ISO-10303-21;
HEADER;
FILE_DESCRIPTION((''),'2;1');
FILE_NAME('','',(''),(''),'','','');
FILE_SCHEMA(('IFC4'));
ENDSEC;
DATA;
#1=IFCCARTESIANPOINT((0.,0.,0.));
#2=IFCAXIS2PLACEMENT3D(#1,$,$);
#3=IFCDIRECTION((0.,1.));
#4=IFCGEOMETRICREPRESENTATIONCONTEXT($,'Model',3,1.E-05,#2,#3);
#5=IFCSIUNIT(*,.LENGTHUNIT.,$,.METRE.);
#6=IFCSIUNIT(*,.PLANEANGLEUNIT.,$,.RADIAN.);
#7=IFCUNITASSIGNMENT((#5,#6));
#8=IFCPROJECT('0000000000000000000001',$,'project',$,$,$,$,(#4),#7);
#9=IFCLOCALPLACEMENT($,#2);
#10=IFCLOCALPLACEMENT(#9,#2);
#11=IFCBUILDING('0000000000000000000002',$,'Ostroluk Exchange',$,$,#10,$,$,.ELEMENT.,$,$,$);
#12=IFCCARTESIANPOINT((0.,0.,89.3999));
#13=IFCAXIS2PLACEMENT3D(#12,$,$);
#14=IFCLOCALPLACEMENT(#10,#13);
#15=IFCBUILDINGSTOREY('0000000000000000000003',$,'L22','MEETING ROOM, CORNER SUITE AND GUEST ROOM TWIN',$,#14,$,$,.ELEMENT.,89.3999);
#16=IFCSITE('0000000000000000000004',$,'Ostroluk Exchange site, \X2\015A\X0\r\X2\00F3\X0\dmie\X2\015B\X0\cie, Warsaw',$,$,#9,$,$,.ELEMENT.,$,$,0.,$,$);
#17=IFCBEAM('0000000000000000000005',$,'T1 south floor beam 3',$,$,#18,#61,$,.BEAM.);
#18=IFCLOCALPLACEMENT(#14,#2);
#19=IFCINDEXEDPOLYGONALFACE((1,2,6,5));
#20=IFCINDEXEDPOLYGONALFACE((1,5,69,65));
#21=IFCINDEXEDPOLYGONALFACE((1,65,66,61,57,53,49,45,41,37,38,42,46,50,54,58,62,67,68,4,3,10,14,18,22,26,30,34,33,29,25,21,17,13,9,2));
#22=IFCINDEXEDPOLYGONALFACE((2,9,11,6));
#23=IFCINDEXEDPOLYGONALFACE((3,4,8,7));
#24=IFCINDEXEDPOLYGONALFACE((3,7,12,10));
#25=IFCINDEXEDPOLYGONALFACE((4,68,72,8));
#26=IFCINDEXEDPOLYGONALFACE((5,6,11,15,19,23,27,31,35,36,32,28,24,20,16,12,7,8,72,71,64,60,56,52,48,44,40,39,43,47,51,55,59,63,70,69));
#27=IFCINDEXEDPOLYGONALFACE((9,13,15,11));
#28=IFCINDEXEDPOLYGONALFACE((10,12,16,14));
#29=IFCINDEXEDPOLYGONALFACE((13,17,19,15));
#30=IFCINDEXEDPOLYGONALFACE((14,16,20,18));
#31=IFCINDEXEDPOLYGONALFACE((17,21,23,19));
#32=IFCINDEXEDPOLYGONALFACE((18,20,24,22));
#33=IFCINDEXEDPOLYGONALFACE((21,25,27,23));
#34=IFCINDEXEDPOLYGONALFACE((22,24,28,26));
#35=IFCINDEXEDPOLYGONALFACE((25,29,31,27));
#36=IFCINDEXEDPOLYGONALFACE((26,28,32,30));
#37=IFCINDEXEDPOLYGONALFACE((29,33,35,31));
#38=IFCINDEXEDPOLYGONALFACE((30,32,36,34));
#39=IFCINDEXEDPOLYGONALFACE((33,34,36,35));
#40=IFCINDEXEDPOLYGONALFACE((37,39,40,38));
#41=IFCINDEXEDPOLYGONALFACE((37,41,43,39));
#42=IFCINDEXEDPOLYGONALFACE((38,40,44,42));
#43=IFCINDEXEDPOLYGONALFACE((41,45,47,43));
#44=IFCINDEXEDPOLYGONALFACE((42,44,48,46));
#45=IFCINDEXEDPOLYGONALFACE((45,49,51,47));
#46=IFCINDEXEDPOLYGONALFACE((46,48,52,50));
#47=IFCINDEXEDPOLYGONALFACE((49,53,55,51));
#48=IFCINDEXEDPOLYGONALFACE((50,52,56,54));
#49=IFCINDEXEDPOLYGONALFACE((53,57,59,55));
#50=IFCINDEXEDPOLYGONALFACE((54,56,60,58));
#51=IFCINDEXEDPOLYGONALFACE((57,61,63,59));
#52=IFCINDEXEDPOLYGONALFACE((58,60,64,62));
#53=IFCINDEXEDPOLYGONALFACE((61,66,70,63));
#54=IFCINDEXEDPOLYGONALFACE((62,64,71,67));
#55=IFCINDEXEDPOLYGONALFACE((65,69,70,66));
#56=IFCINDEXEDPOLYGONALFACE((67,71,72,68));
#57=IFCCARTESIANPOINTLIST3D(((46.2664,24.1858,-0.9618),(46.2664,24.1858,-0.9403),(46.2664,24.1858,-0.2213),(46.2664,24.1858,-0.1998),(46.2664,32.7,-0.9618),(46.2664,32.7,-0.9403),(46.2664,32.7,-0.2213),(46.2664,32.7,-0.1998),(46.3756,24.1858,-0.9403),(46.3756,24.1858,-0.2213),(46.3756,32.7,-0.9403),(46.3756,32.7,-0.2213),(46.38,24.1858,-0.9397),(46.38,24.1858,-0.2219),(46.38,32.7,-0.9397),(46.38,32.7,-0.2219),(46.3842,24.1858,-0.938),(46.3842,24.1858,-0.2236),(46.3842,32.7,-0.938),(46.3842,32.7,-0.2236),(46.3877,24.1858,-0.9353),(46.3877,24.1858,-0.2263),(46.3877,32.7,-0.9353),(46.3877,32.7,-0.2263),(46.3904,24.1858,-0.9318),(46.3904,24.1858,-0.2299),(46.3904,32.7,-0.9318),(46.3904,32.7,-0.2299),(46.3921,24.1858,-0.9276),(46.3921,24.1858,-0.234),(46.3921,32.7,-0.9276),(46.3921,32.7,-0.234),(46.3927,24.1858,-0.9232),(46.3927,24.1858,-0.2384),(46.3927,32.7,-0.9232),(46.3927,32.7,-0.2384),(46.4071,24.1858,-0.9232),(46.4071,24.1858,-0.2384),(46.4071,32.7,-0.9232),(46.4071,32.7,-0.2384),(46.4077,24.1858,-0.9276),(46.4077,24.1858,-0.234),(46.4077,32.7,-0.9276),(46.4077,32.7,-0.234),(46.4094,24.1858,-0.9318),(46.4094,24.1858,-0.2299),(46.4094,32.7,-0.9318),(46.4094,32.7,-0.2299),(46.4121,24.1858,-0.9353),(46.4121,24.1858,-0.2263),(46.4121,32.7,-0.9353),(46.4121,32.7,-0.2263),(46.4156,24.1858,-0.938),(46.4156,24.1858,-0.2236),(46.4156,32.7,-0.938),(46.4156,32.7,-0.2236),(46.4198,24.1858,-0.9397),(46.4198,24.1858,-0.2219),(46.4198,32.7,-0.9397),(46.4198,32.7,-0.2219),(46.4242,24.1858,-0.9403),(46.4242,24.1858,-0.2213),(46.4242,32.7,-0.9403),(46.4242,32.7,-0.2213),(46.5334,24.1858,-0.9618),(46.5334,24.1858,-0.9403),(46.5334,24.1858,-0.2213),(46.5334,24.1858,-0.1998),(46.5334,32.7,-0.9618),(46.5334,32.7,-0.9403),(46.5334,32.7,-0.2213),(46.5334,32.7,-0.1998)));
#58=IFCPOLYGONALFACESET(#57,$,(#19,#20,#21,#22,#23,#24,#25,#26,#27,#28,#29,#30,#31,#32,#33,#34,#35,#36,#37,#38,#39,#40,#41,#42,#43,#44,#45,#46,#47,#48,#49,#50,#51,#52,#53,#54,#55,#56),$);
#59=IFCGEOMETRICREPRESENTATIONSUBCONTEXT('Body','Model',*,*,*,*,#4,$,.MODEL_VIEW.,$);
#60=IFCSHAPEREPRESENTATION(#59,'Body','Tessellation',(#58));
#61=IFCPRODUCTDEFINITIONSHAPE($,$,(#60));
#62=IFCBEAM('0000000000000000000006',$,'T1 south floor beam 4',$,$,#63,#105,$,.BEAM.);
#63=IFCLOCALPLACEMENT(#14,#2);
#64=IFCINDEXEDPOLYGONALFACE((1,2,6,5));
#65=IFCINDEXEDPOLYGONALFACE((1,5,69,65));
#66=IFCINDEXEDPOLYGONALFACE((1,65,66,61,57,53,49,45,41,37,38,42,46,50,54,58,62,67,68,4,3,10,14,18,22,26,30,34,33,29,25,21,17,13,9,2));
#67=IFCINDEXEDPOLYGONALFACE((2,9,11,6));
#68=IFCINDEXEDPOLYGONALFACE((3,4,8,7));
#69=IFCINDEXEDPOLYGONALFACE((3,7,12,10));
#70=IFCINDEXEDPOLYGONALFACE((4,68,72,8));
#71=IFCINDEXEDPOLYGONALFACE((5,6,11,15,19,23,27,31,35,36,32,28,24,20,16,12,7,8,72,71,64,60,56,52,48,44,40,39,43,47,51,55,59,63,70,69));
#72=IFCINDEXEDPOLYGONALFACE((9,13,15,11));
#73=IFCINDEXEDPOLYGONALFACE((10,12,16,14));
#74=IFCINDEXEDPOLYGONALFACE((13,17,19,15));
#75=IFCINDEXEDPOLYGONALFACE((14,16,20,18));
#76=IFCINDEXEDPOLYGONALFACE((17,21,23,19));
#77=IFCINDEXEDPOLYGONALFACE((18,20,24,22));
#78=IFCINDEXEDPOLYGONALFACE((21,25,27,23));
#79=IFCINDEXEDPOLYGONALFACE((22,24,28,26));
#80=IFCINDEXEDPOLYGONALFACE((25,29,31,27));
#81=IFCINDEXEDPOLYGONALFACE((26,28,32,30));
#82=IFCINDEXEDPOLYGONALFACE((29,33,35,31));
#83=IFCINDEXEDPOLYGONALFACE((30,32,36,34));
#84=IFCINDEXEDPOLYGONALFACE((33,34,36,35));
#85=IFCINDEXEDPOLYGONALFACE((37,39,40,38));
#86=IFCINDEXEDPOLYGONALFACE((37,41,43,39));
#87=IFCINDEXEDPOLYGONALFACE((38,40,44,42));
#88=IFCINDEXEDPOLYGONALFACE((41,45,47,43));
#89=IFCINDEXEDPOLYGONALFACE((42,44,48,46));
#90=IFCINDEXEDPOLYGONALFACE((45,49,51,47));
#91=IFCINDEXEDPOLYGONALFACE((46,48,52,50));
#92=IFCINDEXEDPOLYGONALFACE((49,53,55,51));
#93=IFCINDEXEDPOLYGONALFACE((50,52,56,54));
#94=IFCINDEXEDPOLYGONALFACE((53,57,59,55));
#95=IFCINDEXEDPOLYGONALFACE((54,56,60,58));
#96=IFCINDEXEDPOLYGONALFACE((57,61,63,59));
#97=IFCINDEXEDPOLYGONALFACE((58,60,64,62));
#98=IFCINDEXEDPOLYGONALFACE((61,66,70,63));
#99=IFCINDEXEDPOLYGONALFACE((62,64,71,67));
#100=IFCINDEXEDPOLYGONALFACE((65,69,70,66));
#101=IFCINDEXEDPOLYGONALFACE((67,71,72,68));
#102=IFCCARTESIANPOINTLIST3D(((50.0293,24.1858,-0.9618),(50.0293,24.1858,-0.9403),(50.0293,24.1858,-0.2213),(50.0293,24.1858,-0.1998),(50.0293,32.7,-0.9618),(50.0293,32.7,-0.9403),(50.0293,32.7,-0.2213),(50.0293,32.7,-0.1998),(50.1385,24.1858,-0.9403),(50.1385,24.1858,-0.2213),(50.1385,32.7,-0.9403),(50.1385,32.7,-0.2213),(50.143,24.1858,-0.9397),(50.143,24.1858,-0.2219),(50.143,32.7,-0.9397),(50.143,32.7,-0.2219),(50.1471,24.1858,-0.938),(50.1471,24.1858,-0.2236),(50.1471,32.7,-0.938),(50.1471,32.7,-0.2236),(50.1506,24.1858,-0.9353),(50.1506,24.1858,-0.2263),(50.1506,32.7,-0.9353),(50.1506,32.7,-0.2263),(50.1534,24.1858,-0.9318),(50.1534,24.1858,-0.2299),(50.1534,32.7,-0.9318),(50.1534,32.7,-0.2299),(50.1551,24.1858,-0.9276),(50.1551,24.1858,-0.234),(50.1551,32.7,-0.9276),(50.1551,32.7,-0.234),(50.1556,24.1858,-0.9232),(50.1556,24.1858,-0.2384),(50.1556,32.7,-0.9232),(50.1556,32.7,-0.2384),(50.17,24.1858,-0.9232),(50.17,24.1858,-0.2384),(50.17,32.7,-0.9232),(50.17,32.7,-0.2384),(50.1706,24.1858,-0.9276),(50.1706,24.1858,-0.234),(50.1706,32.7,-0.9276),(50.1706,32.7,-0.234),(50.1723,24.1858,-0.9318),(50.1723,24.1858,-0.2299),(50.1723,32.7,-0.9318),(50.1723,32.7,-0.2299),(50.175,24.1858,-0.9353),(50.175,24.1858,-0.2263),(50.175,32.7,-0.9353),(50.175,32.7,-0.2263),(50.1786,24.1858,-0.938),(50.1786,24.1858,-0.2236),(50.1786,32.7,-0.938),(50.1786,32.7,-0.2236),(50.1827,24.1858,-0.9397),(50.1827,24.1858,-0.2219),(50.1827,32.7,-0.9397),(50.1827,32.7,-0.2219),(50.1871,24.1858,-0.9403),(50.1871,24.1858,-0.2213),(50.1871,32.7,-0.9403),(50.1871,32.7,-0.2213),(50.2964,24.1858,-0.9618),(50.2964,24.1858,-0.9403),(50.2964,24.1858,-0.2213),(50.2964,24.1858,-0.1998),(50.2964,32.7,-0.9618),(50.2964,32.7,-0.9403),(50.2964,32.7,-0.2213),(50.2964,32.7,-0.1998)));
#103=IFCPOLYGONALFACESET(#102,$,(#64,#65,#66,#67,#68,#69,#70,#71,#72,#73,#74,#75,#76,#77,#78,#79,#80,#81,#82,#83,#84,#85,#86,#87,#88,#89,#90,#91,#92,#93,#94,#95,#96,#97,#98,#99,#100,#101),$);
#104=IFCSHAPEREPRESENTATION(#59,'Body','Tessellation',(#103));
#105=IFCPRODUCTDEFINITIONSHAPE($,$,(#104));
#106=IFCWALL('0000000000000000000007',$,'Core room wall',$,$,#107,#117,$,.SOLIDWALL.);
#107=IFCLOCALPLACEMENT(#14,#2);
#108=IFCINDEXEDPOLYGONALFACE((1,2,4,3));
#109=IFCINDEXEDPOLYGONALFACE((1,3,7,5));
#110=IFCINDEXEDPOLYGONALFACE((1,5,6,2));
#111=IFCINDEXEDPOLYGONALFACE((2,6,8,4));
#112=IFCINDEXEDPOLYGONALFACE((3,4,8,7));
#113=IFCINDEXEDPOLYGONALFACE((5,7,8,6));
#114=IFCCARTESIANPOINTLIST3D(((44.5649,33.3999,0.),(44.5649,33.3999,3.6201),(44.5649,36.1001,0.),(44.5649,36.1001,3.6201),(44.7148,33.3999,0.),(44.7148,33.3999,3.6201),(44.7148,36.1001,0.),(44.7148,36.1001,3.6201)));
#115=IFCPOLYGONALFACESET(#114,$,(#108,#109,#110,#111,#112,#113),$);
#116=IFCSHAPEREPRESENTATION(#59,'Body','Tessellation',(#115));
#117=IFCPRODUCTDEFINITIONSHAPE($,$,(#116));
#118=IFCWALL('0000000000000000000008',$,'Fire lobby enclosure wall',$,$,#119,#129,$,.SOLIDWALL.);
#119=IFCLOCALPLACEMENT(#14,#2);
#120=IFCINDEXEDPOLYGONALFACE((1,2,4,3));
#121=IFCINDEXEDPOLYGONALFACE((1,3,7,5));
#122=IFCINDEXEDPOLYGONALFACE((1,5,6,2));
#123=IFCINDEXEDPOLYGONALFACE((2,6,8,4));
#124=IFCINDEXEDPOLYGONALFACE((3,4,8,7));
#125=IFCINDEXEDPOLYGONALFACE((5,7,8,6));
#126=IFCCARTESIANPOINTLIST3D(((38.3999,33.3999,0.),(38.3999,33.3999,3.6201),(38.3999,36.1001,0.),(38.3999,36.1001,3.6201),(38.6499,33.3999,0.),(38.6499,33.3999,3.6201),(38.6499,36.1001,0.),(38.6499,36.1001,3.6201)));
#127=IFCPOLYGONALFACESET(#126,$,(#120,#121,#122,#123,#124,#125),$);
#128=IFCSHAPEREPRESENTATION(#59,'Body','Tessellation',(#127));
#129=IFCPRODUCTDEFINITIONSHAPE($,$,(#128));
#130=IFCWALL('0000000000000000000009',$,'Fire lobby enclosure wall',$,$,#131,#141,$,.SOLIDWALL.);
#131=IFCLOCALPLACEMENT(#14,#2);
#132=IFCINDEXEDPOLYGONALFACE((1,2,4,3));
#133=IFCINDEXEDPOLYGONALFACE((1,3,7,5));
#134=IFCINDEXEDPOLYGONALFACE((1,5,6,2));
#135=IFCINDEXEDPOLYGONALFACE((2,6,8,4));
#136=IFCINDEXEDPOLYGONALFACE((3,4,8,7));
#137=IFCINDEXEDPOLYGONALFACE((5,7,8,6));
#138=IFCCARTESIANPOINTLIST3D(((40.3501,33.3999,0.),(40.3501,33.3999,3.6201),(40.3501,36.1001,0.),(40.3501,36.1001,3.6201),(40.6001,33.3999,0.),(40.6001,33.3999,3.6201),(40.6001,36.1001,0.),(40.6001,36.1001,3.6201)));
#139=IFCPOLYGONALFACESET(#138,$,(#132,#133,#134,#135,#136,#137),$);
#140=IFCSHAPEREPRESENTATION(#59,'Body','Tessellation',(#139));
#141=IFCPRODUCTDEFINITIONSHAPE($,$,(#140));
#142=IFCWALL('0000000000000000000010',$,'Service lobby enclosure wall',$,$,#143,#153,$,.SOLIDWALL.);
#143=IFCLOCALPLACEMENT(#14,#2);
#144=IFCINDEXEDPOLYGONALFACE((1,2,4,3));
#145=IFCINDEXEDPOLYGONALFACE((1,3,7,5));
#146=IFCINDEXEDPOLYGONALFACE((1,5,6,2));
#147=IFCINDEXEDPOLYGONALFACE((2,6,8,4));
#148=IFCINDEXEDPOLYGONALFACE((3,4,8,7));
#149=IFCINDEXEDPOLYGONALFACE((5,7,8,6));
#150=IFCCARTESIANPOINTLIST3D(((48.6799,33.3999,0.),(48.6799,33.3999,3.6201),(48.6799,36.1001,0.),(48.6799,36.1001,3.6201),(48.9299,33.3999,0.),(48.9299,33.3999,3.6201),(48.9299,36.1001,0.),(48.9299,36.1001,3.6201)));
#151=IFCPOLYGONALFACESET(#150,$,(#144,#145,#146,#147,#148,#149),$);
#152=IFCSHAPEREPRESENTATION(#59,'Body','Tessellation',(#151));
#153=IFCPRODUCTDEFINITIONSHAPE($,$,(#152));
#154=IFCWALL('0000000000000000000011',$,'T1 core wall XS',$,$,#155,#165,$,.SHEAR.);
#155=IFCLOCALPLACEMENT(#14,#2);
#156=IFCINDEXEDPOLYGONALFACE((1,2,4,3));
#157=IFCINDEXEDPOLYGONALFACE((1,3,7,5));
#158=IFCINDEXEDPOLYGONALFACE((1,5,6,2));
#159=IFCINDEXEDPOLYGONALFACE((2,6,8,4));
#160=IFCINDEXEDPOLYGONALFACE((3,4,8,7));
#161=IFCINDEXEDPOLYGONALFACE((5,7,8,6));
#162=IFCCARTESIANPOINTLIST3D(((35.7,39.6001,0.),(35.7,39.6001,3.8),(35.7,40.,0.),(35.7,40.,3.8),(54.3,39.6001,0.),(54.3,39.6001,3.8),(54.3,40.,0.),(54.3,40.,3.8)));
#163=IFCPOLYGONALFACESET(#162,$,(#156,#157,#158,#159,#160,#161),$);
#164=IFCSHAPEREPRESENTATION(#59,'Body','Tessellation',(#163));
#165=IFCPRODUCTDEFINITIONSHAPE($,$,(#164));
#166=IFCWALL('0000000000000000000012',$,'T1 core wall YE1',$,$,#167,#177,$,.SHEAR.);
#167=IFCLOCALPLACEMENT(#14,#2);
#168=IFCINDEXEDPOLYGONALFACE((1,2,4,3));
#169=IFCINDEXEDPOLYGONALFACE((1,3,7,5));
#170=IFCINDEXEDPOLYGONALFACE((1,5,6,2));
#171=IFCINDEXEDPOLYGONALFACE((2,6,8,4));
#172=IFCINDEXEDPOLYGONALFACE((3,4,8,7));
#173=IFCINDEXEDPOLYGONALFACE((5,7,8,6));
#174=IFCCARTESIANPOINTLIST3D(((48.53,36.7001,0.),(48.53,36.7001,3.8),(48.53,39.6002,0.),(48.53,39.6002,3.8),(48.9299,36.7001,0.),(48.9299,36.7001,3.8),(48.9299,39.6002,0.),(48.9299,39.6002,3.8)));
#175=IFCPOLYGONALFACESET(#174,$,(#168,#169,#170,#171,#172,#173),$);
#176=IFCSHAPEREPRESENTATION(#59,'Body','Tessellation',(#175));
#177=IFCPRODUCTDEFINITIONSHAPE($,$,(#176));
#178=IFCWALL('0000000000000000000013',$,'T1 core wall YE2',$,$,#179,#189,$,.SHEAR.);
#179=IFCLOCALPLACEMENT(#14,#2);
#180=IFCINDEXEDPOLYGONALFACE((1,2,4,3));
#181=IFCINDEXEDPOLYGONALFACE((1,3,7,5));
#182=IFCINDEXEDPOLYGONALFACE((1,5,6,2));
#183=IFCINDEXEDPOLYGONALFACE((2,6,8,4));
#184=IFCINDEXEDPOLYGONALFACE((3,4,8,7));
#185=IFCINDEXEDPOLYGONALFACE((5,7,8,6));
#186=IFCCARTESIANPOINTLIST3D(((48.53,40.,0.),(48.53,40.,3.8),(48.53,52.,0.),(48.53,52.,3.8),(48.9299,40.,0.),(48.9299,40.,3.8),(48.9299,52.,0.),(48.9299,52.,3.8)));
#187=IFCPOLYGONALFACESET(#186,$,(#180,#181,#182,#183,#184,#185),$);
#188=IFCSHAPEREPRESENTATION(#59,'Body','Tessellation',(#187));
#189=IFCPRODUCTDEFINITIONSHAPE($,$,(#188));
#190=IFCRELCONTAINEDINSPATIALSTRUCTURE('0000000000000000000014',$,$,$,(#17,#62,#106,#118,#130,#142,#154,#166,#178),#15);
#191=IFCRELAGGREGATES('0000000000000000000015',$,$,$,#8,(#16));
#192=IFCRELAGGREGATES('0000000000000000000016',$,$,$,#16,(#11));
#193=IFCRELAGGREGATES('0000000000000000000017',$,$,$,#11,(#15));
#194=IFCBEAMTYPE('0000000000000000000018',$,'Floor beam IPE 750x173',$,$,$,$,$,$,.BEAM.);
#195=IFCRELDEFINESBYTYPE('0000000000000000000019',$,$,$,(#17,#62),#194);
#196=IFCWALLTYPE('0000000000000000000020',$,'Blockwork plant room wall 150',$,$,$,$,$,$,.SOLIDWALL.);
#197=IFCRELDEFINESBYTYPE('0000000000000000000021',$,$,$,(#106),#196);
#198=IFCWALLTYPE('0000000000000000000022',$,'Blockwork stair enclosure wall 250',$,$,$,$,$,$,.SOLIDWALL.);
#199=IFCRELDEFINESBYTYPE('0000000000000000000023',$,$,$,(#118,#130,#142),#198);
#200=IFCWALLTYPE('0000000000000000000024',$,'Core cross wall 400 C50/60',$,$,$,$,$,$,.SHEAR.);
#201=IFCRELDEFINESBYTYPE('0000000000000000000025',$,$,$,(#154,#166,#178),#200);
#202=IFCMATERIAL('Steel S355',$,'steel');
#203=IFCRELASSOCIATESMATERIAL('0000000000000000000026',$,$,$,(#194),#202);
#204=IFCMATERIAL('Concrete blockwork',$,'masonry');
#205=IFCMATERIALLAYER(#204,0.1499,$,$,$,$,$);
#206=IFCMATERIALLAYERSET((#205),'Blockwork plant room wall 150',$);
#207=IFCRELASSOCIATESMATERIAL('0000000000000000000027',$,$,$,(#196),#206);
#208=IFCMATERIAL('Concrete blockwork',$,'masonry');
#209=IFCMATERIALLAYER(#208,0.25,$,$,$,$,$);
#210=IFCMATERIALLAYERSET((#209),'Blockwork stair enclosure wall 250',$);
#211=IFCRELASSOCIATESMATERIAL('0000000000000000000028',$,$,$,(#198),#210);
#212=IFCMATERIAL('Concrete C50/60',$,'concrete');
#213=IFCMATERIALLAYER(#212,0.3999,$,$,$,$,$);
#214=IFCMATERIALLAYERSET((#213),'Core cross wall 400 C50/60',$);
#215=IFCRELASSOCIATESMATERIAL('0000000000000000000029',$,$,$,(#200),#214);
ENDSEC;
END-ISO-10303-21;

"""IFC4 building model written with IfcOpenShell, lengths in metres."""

from ifc_helpers import new_model, si_unit, direction, frame, frame_2d, origin, origin_2d, place, context, subcontext, project, spatial, rectangle, i_section, extrude, material, layer, layer_set, material_profile, profile_set, type_object, element, save


model = new_model("IFC4")

# Units and contexts
model_context = context("Model", 3, precision=1e-05, world=origin(), true_north=direction((0.0, 1.0)))
body_context = subcontext(model_context, "Body", "Model", "MODEL_VIEW")
ifc_project = project(units=[si_unit("LENGTHUNIT", "METRE"), si_unit("PLANEANGLEUNIT", "RADIAN")], contexts=[model_context])

# Site, building, storey
site_placement = place(None, origin())
site = spatial("IfcSite", under=ifc_project, at=site_placement, Name="Ostroluk Exchange site, Śródmieście, Warsaw", CompositionType="ELEMENT", RefElevation=0.0)
building_placement = place(site_placement, origin())
building = spatial("IfcBuilding", under=site, at=building_placement, Name="Ostroluk Exchange", CompositionType="ELEMENT")
storey_placement = place(building_placement, frame((0.0, 0.0, 89.3999)))
storey = spatial("IfcBuildingStorey", under=building, at=storey_placement, Name="L22", Description="MEETING ROOM, CORNER SUITE AND GUEST ROOM TWIN", CompositionType="ELEMENT", Elevation=89.3999)

# Beams
ifc_material_1 = material(Name="Steel S355", Category="steel")
ifc_material_profile = material_profile(ifc_material_1, i_section(OverallWidth=0.2671, OverallDepth=0.762, WebThickness=0.0144, FlangeThickness=0.0215, FilletRadius=0.0171, at=origin_2d()), Name="IPE 750x173")
ifc_profile_set = profile_set([ifc_material_profile], Name="Steel S355")
beam_type = type_object("IfcBeamType", Name="Floor beam IPE 750x173", PredefinedType="BEAM", material=ifc_profile_set)
for number, where, z_axis, x_axis, name in (
    (1, (46.3999, 32.7, -0.5808), (0.0, -1.0, 0.0), (1.0, 0.0, 0.0), "T1 south floor beam 3"),
    (2, (50.1628, 32.7, -0.5808), (0.0, -1.0, 0.0), (1.0, 0.0, 0.0), "T1 south floor beam 4"),
):
    element("IfcBeam", number, at=place(storey_placement, frame(where, z_axis=z_axis, x_axis=x_axis)), inside=storey, type_object=beam_type, Name=name, PredefinedType="BEAM", context=body_context, shape_type="SweptSolid", body=[
        extrude(i_section(OverallWidth=0.2671, OverallDepth=0.762, WebThickness=0.0144, FlangeThickness=0.0215, FilletRadius=0.0171, at=origin_2d()), origin(), (0.0, 0.0, 1.0), 8.5142),
    ])

# Walls
ifc_material_2 = material(Name="Concrete blockwork", Category="masonry")
ifc_layer_1 = layer(ifc_material_2, 0.1499)
ifc_layer_set_1 = layer_set([ifc_layer_1], Name="Blockwork plant room wall 150")
wall_type_1 = type_object("IfcWallType", Name="Blockwork plant room wall 150", PredefinedType="SOLIDWALL", material=ifc_layer_set_1)
wall_1_placement = place(storey_placement, frame((44.6399, 33.3999, 0.0), z_axis=(0.0, 0.0, 1.0), x_axis=(0.0, 1.0, 0.0)))
element("IfcWall", 3, at=wall_1_placement, inside=storey, type_object=wall_type_1, Name="Core room wall", PredefinedType="SOLIDWALL", context=body_context, shape_type="SweptSolid", body=[
    extrude(rectangle(XDim=2.7002, YDim=0.1499, at=frame_2d((1.3501, 0.0))), origin(), (0.0, 0.0, 1.0), 3.6201),
])
ifc_material_3 = material(Name="Concrete blockwork", Category="masonry")
ifc_layer_2 = layer(ifc_material_3, 0.25)
ifc_layer_set_2 = layer_set([ifc_layer_2], Name="Blockwork stair enclosure wall 250")
wall_type_2 = type_object("IfcWallType", Name="Blockwork stair enclosure wall 250", PredefinedType="SOLIDWALL", material=ifc_layer_set_2)
for number, where, z_axis, x_axis, name in (
    (4, (38.5249, 33.3999, 0.0), (0.0, 0.0, 1.0), (0.0, 1.0, 0.0), "Fire lobby enclosure wall"),
    (5, (40.4751, 33.3999, 0.0), (0.0, 0.0, 1.0), (0.0, 1.0, 0.0), "Fire lobby enclosure wall"),
    (6, (48.8049, 33.3999, 0.0), (0.0, 0.0, 1.0), (0.0, 1.0, 0.0), "Service lobby enclosure wall"),
):
    element("IfcWall", number, at=place(storey_placement, frame(where, z_axis=z_axis, x_axis=x_axis)), inside=storey, type_object=wall_type_2, Name=name, PredefinedType="SOLIDWALL", context=body_context, shape_type="SweptSolid", body=[
        extrude(rectangle(XDim=2.7002, YDim=0.25, at=frame_2d((1.3501, 0.0))), origin(), (0.0, 0.0, 1.0), 3.6201),
    ])
ifc_material_4 = material(Name="Concrete C50/60", Category="concrete")
ifc_layer_3 = layer(ifc_material_4, 0.3999)
ifc_layer_set_3 = layer_set([ifc_layer_3], Name="Core cross wall 400 C50/60")
wall_type_3 = type_object("IfcWallType", Name="Core cross wall 400 C50/60", PredefinedType="SHEAR", material=ifc_layer_set_3)
wall_2_placement = place(storey_placement, frame((35.7, 39.8, 0.0), z_axis=(0.0, 0.0, 1.0), x_axis=(1.0, 0.0, 0.0)))
element("IfcWall", 7, at=wall_2_placement, inside=storey, type_object=wall_type_3, Name="T1 core wall XS", PredefinedType="SHEAR", context=body_context, shape_type="SweptSolid", body=[
    extrude(rectangle(XDim=18.6001, YDim=0.3999, at=frame_2d((9.3, 0.0))), origin(), (0.0, 0.0, 1.0), 3.8),
])
wall_3_placement = place(storey_placement, frame((48.73, 36.7, 0.0), z_axis=(0.0, 0.0, 1.0), x_axis=(0.0, 1.0, 0.0)))
element("IfcWall", 8, at=wall_3_placement, inside=storey, type_object=wall_type_3, Name="T1 core wall YE1", PredefinedType="SHEAR", context=body_context, shape_type="SweptSolid", body=[
    extrude(rectangle(XDim=2.9001, YDim=0.3999, at=frame_2d((1.4502, 0.0))), origin(), (0.0, 0.0, 1.0), 3.8),
])
wall_4_placement = place(storey_placement, frame((48.73, 40.0, 0.0), z_axis=(0.0, 0.0, 1.0), x_axis=(0.0, 1.0, 0.0)))
element("IfcWall", 9, at=wall_4_placement, inside=storey, type_object=wall_type_3, Name="T1 core wall YE2", PredefinedType="SHEAR", context=body_context, shape_type="SweptSolid", body=[
    extrude(rectangle(XDim=12.0, YDim=0.3999, at=frame_2d((6.0, 0.0))), origin(), (0.0, 0.0, 1.0), 3.8),
])

save(model, "model.ifc")
